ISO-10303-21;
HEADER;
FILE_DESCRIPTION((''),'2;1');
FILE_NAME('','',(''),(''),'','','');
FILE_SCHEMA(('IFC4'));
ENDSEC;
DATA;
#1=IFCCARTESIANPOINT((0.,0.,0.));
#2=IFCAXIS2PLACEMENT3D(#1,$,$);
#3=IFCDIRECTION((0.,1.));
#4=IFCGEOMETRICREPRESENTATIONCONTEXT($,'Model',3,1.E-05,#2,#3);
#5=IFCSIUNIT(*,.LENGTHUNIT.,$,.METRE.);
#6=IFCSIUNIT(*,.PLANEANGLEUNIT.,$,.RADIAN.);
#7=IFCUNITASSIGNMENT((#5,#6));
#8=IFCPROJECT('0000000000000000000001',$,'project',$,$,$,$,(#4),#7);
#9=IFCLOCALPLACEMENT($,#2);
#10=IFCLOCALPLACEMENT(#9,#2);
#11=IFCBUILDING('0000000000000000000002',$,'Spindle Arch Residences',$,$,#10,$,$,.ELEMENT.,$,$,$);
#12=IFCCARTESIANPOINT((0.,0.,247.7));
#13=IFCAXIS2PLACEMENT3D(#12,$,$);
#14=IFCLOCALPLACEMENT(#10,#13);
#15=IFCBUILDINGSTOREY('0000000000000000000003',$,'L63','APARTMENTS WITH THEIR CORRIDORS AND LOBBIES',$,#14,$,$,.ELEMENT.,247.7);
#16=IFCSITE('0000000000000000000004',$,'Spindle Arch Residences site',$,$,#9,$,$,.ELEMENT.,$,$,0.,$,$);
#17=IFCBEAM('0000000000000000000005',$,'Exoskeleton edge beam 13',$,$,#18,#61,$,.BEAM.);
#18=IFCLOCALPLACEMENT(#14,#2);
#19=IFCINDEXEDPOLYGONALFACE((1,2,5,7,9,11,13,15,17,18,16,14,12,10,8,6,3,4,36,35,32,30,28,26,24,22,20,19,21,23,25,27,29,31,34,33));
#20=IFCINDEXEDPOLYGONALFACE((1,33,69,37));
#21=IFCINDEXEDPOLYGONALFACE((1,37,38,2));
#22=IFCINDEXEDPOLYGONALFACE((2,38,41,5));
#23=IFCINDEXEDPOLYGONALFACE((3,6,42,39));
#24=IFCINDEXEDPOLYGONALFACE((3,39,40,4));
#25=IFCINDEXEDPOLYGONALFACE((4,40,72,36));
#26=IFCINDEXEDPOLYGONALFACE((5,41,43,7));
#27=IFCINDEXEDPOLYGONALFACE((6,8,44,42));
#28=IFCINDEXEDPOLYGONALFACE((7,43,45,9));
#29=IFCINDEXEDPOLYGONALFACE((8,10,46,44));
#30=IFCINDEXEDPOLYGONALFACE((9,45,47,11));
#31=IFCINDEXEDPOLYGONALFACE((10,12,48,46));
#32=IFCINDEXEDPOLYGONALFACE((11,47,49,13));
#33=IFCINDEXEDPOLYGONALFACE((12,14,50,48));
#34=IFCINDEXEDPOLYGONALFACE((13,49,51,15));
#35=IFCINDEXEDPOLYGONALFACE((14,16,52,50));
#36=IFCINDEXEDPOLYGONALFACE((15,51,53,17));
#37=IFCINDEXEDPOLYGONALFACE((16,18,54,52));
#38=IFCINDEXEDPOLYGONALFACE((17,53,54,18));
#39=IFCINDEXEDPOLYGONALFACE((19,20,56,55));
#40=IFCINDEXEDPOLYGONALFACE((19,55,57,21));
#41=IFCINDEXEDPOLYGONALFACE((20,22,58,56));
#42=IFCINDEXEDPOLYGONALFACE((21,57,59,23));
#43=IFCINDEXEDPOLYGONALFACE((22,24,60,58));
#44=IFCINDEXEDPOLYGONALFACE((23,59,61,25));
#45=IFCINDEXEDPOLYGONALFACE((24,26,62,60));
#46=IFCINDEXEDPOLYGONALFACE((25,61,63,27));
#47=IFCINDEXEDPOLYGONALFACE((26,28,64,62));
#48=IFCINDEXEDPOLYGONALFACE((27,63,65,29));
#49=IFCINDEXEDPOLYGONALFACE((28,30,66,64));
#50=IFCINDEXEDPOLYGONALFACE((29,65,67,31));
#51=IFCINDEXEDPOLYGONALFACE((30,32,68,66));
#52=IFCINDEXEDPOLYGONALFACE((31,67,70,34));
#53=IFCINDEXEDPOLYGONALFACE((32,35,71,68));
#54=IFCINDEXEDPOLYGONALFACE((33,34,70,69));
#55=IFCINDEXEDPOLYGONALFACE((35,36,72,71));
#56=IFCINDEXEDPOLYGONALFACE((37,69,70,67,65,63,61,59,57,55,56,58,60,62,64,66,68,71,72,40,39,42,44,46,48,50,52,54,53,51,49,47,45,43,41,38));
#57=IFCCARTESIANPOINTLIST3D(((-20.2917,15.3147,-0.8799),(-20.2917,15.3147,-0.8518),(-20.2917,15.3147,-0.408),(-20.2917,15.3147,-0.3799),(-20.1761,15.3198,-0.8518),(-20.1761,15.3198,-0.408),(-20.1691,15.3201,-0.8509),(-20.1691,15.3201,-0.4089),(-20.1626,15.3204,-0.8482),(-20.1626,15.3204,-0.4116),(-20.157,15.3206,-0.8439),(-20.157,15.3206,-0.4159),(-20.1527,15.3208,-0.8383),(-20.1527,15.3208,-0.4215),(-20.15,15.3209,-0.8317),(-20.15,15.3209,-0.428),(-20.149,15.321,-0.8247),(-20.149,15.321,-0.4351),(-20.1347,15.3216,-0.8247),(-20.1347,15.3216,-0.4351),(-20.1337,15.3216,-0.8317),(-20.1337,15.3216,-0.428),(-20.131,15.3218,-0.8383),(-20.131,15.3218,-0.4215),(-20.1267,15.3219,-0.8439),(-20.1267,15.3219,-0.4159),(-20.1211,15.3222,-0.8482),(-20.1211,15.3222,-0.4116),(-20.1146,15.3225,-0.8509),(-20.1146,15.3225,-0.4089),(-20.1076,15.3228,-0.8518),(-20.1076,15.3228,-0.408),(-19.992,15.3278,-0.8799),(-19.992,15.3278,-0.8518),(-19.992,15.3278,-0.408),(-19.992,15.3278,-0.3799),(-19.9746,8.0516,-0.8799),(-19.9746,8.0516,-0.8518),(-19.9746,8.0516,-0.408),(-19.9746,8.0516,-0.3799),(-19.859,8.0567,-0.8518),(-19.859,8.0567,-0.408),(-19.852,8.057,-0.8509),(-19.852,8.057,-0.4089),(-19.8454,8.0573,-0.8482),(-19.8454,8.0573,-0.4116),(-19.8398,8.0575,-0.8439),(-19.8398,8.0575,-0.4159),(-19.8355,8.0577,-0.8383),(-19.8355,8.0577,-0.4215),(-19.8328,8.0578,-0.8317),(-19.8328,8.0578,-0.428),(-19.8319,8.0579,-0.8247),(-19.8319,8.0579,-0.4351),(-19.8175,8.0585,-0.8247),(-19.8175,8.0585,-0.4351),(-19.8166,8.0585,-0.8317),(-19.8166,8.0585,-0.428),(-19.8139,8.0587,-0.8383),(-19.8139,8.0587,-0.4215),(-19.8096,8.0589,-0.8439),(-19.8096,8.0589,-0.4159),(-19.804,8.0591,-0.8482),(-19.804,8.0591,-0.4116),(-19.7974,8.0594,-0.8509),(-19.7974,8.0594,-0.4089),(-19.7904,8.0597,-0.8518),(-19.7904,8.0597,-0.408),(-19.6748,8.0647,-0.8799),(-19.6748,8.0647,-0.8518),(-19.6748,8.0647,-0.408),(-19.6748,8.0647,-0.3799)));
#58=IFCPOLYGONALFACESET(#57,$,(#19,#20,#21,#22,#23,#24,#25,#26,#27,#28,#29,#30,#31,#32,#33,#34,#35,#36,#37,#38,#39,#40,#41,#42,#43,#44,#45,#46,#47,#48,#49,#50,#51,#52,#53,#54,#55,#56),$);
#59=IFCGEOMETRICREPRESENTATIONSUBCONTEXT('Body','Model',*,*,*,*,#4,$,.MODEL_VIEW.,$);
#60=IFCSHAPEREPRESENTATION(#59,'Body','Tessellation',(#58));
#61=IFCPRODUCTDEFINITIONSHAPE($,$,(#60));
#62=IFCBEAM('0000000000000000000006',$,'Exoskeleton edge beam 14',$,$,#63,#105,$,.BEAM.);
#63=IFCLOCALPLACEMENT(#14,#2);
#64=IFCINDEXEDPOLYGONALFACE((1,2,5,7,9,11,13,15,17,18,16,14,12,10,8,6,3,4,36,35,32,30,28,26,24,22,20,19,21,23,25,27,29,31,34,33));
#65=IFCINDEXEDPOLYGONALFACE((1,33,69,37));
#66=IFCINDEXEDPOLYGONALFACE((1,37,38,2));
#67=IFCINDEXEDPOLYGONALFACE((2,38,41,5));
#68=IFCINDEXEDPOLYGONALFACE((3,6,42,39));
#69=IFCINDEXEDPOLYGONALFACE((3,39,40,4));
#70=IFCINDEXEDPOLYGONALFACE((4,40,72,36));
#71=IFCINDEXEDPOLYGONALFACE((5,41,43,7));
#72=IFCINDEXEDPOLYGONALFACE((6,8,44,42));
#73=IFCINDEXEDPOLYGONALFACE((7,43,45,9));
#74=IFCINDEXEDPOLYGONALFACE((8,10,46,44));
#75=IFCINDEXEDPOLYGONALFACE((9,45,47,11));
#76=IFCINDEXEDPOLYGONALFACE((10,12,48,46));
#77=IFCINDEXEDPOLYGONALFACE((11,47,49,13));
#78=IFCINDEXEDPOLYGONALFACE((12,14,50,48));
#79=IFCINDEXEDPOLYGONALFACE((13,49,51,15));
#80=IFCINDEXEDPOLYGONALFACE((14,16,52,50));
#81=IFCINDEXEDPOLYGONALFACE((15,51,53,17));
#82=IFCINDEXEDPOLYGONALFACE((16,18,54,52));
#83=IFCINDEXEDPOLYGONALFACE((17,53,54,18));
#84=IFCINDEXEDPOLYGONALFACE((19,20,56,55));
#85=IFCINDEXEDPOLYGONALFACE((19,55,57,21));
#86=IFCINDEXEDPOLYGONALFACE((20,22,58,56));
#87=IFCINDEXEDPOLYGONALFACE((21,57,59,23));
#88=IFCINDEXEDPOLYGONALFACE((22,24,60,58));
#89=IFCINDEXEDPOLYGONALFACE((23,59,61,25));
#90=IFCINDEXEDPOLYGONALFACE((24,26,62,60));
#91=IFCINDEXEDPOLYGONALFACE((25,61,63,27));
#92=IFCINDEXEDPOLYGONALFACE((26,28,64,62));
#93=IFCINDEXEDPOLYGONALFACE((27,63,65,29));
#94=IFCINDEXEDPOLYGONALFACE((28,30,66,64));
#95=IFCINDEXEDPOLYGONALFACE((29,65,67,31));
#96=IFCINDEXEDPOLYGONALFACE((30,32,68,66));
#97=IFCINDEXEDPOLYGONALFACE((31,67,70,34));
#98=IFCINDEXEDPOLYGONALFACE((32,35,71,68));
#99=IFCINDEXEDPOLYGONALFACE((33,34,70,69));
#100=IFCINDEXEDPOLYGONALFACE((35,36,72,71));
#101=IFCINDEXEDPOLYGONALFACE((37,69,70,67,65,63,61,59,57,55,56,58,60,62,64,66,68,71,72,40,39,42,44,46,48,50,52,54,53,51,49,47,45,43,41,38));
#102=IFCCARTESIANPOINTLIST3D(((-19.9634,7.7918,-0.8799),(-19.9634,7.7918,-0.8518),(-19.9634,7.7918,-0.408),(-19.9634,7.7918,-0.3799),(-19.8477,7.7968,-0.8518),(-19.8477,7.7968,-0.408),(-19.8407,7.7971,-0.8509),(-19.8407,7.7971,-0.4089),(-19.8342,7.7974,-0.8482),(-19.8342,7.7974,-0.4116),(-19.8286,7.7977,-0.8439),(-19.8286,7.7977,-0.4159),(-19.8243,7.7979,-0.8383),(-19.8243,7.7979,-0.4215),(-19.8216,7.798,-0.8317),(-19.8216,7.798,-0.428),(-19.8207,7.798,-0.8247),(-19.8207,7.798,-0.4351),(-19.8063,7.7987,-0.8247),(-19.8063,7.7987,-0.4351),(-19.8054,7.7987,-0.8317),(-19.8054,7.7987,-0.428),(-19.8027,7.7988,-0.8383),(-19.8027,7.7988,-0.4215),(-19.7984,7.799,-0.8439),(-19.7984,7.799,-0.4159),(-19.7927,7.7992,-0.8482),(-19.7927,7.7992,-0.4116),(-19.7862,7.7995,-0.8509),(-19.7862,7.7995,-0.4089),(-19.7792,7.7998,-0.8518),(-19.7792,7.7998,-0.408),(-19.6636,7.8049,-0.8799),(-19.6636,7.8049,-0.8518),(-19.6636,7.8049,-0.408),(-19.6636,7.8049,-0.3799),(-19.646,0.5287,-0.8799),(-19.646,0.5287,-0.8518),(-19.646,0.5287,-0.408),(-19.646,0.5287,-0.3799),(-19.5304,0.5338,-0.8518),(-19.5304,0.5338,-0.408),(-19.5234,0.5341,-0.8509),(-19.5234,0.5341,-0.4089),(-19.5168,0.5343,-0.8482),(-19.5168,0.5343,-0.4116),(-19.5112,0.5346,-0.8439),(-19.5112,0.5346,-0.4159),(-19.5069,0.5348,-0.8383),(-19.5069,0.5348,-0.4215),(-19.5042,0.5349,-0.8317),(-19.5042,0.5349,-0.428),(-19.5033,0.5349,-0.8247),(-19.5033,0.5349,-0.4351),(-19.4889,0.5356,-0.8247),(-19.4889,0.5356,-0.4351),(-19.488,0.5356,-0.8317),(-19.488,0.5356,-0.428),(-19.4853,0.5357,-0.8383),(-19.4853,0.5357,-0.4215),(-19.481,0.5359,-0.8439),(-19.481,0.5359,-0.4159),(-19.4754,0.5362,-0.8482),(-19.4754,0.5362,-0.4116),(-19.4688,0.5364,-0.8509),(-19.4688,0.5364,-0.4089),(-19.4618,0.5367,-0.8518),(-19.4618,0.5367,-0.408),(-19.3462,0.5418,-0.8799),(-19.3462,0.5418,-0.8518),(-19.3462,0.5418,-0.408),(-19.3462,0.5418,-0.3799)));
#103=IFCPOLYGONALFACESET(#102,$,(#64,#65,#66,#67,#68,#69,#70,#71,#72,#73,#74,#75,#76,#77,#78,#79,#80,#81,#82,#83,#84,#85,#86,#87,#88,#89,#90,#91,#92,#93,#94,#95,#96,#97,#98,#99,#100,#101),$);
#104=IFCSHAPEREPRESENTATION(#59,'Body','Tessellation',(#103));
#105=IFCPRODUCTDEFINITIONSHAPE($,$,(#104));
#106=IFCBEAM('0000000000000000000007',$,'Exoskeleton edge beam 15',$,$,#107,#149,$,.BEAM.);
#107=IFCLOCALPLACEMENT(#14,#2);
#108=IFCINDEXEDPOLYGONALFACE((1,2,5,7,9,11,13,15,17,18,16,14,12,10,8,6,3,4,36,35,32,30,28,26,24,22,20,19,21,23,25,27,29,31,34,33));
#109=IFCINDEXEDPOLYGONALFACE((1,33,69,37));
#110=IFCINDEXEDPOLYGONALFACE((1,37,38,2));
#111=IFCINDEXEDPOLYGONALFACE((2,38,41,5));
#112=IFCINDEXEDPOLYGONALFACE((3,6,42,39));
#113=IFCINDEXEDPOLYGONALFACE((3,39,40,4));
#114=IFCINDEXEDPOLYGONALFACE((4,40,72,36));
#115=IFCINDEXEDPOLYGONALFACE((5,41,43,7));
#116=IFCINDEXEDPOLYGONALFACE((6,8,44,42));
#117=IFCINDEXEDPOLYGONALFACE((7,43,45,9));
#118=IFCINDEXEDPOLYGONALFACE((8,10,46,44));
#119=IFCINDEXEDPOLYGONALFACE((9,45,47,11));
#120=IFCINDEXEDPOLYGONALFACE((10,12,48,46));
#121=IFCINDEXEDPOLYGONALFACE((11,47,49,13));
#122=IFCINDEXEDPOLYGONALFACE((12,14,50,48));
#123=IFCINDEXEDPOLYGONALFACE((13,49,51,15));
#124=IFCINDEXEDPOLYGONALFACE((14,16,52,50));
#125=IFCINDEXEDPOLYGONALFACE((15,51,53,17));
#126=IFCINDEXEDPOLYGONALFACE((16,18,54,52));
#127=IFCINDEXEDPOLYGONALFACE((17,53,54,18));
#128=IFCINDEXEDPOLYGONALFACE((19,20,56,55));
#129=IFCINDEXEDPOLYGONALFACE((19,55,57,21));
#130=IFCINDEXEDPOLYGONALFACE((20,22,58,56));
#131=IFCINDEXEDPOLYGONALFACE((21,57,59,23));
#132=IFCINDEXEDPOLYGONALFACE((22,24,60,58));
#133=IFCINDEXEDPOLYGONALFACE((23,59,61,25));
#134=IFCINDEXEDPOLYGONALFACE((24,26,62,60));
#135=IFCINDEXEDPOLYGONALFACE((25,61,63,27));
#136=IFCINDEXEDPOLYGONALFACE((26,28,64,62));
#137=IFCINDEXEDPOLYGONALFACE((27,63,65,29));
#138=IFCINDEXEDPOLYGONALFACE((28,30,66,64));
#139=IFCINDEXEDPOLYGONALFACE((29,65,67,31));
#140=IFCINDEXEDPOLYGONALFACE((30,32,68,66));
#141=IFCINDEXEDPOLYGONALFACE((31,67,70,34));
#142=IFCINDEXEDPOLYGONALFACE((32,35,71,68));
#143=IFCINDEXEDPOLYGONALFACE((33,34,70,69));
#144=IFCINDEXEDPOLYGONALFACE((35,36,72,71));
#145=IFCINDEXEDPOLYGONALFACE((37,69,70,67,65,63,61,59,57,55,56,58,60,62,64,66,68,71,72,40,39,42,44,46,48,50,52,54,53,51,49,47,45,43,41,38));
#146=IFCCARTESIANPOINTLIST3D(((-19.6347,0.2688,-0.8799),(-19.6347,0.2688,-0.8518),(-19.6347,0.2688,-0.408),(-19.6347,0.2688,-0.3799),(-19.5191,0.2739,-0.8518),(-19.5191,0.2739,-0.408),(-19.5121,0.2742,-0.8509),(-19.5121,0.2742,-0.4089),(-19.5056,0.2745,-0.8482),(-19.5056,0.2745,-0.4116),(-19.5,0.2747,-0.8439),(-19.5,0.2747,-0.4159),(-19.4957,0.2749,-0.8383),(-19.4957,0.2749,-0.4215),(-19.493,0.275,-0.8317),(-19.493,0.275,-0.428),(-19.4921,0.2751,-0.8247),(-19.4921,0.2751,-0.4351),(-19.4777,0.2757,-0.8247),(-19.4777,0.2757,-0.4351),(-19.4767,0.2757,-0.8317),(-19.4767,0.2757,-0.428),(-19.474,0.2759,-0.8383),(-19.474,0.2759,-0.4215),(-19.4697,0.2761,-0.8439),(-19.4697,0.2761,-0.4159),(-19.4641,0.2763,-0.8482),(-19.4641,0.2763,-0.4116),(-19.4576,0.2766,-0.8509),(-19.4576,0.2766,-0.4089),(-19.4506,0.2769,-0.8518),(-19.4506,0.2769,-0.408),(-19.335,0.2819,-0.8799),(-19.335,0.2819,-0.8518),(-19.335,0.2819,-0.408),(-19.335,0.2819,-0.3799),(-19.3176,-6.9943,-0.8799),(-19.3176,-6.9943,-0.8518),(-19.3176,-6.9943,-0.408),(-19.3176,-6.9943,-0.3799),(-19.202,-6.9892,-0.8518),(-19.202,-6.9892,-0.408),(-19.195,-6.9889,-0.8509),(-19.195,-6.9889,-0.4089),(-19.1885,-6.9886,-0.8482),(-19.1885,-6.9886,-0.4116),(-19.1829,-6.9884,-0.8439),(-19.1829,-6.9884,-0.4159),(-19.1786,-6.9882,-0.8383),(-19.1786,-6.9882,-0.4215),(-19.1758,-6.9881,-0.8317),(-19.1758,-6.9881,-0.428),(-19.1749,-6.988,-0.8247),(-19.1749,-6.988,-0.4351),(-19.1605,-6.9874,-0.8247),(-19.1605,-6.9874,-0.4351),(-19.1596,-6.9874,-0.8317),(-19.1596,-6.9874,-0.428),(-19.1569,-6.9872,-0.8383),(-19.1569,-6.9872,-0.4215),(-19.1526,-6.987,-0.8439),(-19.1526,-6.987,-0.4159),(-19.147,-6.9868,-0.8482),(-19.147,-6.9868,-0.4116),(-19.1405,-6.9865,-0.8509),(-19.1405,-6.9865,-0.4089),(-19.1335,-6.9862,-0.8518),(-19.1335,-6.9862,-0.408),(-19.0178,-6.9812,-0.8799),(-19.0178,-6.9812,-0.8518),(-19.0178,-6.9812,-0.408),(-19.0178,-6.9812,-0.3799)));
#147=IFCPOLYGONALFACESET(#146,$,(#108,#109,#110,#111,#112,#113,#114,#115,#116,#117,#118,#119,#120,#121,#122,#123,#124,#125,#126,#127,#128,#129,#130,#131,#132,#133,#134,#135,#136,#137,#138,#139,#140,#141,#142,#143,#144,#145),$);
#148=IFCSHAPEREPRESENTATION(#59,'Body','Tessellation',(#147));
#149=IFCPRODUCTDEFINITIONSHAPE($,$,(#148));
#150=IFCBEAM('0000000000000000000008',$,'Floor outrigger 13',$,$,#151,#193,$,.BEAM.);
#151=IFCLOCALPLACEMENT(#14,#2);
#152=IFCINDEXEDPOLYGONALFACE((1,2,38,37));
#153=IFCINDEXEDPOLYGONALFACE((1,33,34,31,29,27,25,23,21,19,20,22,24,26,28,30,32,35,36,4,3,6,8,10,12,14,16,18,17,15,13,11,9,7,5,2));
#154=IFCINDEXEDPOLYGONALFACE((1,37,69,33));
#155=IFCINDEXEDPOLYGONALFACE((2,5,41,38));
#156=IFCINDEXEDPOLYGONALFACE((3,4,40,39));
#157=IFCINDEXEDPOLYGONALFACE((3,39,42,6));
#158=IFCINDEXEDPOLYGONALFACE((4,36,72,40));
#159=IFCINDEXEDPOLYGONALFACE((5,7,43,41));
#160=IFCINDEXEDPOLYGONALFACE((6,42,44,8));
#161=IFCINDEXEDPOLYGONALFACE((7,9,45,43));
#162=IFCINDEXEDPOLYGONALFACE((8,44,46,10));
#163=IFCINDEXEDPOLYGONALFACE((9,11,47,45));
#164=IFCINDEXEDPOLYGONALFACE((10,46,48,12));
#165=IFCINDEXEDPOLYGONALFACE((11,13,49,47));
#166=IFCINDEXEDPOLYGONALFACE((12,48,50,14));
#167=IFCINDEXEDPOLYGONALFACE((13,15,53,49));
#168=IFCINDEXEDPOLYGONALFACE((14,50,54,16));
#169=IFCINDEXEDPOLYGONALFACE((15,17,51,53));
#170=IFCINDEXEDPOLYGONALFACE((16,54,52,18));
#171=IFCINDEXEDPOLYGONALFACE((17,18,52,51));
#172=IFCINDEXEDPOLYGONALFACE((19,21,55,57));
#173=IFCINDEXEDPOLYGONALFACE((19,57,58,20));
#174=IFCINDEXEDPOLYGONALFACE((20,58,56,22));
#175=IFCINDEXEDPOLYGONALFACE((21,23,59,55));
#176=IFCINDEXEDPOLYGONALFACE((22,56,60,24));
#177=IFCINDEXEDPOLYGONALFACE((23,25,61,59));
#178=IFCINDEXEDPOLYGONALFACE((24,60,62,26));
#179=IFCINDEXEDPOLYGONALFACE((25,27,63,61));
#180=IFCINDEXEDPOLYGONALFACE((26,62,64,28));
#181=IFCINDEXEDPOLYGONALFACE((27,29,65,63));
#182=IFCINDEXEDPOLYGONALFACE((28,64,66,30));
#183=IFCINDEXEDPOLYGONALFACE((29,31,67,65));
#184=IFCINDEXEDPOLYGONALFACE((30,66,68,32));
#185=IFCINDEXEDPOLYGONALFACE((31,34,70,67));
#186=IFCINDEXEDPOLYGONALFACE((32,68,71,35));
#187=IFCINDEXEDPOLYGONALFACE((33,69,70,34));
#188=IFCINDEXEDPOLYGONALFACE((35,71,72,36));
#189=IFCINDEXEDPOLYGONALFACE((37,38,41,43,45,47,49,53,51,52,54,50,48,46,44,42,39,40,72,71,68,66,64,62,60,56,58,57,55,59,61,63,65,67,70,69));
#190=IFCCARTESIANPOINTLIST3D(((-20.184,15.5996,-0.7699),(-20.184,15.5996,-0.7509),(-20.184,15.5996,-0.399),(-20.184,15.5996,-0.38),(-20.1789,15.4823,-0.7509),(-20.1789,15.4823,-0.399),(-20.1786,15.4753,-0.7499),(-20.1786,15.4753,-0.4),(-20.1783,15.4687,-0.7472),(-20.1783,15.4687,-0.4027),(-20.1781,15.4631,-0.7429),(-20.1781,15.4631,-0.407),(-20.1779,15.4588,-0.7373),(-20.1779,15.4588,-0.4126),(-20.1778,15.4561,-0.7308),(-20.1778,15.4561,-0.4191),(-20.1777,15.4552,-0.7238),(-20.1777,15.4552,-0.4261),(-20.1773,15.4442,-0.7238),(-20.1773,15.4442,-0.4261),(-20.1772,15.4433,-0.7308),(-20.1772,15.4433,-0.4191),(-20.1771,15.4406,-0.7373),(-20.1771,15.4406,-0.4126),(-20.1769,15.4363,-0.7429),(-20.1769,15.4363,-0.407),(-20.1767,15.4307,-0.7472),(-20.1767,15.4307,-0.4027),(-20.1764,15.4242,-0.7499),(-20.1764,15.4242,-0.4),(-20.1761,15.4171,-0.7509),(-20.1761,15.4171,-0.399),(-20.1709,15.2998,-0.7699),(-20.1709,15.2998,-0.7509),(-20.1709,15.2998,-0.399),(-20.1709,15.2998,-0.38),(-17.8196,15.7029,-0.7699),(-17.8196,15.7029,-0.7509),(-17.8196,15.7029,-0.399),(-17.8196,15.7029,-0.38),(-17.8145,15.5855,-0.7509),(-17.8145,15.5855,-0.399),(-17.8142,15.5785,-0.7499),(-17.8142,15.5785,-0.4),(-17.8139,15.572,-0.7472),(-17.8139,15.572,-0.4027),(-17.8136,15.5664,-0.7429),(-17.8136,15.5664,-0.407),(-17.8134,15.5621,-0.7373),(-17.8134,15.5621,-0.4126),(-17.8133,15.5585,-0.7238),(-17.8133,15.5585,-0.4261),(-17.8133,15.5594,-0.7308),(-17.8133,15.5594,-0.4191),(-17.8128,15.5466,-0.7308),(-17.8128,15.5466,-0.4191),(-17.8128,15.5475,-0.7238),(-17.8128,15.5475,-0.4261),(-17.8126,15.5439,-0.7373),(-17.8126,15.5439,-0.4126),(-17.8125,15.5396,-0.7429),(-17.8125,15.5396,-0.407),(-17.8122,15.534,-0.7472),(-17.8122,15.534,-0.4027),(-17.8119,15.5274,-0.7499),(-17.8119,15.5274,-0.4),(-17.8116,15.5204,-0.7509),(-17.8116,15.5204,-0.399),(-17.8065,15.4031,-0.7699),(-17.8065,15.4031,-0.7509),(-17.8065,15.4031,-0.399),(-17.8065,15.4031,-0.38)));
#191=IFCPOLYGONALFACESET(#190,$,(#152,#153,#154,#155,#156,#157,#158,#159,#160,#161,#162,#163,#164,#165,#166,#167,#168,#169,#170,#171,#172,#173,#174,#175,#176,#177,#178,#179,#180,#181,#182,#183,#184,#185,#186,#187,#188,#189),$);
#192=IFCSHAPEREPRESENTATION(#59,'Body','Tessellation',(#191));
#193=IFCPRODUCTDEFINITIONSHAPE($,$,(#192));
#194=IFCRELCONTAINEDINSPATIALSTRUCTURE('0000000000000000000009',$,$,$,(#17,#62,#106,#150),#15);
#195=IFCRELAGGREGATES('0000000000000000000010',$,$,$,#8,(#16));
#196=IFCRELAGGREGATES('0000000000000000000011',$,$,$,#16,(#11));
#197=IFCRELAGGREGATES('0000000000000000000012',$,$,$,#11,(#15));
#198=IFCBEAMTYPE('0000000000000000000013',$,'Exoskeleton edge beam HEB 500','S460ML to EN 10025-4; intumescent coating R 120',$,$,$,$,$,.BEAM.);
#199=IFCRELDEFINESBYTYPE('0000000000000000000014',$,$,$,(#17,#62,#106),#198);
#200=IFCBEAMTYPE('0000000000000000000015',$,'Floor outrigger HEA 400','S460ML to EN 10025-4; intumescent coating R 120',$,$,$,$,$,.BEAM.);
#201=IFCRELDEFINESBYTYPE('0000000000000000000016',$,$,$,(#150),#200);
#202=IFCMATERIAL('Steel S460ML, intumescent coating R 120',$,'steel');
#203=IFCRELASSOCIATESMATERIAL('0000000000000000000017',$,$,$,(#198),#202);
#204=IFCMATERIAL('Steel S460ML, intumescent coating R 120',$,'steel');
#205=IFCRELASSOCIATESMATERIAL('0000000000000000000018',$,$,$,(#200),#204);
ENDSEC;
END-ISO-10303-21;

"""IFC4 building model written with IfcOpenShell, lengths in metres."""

from ifc_helpers import new_model, si_unit, direction, frame, origin, origin_2d, place, context, subcontext, project, spatial, i_section, extrude, material, material_profile, profile_set, type_object, element, save


model = new_model("IFC4")

# Units and contexts
model_context = context("Model", 3, precision=1e-05, world=origin(), true_north=direction((0.0, 1.0)))
body_context = subcontext(model_context, "Body", "Model", "MODEL_VIEW")
ifc_project = project(units=[si_unit("LENGTHUNIT", "METRE"), si_unit("PLANEANGLEUNIT", "RADIAN")], contexts=[model_context])

# Site, building, storey
site_placement = place(None, origin())
site = spatial("IfcSite", under=ifc_project, at=site_placement, Name="Spindle Arch Residences site", CompositionType="ELEMENT", RefElevation=0.0)
building_placement = place(site_placement, origin())
building = spatial("IfcBuilding", under=site, at=building_placement, Name="Spindle Arch Residences", CompositionType="ELEMENT")
storey_placement = place(building_placement, frame((0.0, 0.0, 247.7)))
storey = spatial("IfcBuildingStorey", under=building, at=storey_placement, Name="L63", Description="APARTMENTS WITH THEIR CORRIDORS AND LOBBIES", CompositionType="ELEMENT", Elevation=247.7)

# Beams
ifc_material_1 = material(Name="Steel S460ML, intumescent coating R 120", Category="steel")
ifc_material_profile_1 = material_profile(ifc_material_1, i_section(OverallWidth=0.3, OverallDepth=0.5, WebThickness=0.0144, FlangeThickness=0.0281, FilletRadius=0.0271, at=origin_2d()), Name="HEB 500")
ifc_profile_set_1 = profile_set([ifc_material_profile_1], Name="Steel S460ML, intumescent coating R 120")
beam_type_1 = type_object("IfcBeamType", Name="Exoskeleton edge beam HEB 500", Description="S460ML to EN 10025-4; intumescent coating R 120", PredefinedType="BEAM", material=ifc_profile_set_1)
for number, where, z_axis, x_axis, name in (
    (1, (-20.1418, 15.3213, -0.6299), (0.043622, -0.999048, 0.0), (0.999048, 0.043622, 0.0), "Exoskeleton edge beam 13"),
    (2, (-19.8135, 7.7983, -0.6299), (0.043656, -0.999047, 0.0), (0.999047, 0.043656, 0.0), "Exoskeleton edge beam 14"),
    (3, (-19.4849, 0.2754, -0.6299), (0.043622, -0.999048, 0.0), (0.999048, 0.043622, 0.0), "Exoskeleton edge beam 15"),
):
    element("IfcBeam", number, at=place(storey_placement, frame(where, z_axis=z_axis, x_axis=x_axis)), inside=storey, type_object=beam_type_1, Name=name, PredefinedType="BEAM", context=body_context, shape_type="SweptSolid", body=[
        extrude(i_section(OverallWidth=0.3, OverallDepth=0.5, WebThickness=0.0144, FlangeThickness=0.0281, FilletRadius=0.0271, at=origin_2d()), origin(), (0.0, 0.0, 1.0), 7.27),
    ])
ifc_material_2 = material(Name="Steel S460ML, intumescent coating R 120", Category="steel")
ifc_material_profile_2 = material_profile(ifc_material_2, i_section(OverallWidth=0.3, OverallDepth=0.3899, WebThickness=0.011, FlangeThickness=0.019, FilletRadius=0.0271, at=origin_2d()), Name="HEA 400")
ifc_profile_set_2 = profile_set([ifc_material_profile_2], Name="Steel S460ML, intumescent coating R 120")
beam_type_2 = type_object("IfcBeamType", Name="Floor outrigger HEA 400", Description="S460ML to EN 10025-4; intumescent coating R 120", PredefinedType="BEAM", material=ifc_profile_set_2)
beam_placement = place(storey_placement, frame((-20.1775, 15.4497, -0.575), z_axis=(0.999048, 0.043634, 0.0), x_axis=(-0.043634, 0.999048, 0.0)))
element("IfcBeam", 4, at=beam_placement, inside=storey, type_object=beam_type_2, Name="Floor outrigger 13", PredefinedType="BEAM", context=body_context, shape_type="SweptSolid", body=[
    extrude(i_section(OverallWidth=0.3, OverallDepth=0.3899, WebThickness=0.011, FlangeThickness=0.019, FilletRadius=0.0271, at=origin_2d()), origin(), (0.0, 0.0, 1.0), 2.3667),
])

save(model, "model.ifc")
